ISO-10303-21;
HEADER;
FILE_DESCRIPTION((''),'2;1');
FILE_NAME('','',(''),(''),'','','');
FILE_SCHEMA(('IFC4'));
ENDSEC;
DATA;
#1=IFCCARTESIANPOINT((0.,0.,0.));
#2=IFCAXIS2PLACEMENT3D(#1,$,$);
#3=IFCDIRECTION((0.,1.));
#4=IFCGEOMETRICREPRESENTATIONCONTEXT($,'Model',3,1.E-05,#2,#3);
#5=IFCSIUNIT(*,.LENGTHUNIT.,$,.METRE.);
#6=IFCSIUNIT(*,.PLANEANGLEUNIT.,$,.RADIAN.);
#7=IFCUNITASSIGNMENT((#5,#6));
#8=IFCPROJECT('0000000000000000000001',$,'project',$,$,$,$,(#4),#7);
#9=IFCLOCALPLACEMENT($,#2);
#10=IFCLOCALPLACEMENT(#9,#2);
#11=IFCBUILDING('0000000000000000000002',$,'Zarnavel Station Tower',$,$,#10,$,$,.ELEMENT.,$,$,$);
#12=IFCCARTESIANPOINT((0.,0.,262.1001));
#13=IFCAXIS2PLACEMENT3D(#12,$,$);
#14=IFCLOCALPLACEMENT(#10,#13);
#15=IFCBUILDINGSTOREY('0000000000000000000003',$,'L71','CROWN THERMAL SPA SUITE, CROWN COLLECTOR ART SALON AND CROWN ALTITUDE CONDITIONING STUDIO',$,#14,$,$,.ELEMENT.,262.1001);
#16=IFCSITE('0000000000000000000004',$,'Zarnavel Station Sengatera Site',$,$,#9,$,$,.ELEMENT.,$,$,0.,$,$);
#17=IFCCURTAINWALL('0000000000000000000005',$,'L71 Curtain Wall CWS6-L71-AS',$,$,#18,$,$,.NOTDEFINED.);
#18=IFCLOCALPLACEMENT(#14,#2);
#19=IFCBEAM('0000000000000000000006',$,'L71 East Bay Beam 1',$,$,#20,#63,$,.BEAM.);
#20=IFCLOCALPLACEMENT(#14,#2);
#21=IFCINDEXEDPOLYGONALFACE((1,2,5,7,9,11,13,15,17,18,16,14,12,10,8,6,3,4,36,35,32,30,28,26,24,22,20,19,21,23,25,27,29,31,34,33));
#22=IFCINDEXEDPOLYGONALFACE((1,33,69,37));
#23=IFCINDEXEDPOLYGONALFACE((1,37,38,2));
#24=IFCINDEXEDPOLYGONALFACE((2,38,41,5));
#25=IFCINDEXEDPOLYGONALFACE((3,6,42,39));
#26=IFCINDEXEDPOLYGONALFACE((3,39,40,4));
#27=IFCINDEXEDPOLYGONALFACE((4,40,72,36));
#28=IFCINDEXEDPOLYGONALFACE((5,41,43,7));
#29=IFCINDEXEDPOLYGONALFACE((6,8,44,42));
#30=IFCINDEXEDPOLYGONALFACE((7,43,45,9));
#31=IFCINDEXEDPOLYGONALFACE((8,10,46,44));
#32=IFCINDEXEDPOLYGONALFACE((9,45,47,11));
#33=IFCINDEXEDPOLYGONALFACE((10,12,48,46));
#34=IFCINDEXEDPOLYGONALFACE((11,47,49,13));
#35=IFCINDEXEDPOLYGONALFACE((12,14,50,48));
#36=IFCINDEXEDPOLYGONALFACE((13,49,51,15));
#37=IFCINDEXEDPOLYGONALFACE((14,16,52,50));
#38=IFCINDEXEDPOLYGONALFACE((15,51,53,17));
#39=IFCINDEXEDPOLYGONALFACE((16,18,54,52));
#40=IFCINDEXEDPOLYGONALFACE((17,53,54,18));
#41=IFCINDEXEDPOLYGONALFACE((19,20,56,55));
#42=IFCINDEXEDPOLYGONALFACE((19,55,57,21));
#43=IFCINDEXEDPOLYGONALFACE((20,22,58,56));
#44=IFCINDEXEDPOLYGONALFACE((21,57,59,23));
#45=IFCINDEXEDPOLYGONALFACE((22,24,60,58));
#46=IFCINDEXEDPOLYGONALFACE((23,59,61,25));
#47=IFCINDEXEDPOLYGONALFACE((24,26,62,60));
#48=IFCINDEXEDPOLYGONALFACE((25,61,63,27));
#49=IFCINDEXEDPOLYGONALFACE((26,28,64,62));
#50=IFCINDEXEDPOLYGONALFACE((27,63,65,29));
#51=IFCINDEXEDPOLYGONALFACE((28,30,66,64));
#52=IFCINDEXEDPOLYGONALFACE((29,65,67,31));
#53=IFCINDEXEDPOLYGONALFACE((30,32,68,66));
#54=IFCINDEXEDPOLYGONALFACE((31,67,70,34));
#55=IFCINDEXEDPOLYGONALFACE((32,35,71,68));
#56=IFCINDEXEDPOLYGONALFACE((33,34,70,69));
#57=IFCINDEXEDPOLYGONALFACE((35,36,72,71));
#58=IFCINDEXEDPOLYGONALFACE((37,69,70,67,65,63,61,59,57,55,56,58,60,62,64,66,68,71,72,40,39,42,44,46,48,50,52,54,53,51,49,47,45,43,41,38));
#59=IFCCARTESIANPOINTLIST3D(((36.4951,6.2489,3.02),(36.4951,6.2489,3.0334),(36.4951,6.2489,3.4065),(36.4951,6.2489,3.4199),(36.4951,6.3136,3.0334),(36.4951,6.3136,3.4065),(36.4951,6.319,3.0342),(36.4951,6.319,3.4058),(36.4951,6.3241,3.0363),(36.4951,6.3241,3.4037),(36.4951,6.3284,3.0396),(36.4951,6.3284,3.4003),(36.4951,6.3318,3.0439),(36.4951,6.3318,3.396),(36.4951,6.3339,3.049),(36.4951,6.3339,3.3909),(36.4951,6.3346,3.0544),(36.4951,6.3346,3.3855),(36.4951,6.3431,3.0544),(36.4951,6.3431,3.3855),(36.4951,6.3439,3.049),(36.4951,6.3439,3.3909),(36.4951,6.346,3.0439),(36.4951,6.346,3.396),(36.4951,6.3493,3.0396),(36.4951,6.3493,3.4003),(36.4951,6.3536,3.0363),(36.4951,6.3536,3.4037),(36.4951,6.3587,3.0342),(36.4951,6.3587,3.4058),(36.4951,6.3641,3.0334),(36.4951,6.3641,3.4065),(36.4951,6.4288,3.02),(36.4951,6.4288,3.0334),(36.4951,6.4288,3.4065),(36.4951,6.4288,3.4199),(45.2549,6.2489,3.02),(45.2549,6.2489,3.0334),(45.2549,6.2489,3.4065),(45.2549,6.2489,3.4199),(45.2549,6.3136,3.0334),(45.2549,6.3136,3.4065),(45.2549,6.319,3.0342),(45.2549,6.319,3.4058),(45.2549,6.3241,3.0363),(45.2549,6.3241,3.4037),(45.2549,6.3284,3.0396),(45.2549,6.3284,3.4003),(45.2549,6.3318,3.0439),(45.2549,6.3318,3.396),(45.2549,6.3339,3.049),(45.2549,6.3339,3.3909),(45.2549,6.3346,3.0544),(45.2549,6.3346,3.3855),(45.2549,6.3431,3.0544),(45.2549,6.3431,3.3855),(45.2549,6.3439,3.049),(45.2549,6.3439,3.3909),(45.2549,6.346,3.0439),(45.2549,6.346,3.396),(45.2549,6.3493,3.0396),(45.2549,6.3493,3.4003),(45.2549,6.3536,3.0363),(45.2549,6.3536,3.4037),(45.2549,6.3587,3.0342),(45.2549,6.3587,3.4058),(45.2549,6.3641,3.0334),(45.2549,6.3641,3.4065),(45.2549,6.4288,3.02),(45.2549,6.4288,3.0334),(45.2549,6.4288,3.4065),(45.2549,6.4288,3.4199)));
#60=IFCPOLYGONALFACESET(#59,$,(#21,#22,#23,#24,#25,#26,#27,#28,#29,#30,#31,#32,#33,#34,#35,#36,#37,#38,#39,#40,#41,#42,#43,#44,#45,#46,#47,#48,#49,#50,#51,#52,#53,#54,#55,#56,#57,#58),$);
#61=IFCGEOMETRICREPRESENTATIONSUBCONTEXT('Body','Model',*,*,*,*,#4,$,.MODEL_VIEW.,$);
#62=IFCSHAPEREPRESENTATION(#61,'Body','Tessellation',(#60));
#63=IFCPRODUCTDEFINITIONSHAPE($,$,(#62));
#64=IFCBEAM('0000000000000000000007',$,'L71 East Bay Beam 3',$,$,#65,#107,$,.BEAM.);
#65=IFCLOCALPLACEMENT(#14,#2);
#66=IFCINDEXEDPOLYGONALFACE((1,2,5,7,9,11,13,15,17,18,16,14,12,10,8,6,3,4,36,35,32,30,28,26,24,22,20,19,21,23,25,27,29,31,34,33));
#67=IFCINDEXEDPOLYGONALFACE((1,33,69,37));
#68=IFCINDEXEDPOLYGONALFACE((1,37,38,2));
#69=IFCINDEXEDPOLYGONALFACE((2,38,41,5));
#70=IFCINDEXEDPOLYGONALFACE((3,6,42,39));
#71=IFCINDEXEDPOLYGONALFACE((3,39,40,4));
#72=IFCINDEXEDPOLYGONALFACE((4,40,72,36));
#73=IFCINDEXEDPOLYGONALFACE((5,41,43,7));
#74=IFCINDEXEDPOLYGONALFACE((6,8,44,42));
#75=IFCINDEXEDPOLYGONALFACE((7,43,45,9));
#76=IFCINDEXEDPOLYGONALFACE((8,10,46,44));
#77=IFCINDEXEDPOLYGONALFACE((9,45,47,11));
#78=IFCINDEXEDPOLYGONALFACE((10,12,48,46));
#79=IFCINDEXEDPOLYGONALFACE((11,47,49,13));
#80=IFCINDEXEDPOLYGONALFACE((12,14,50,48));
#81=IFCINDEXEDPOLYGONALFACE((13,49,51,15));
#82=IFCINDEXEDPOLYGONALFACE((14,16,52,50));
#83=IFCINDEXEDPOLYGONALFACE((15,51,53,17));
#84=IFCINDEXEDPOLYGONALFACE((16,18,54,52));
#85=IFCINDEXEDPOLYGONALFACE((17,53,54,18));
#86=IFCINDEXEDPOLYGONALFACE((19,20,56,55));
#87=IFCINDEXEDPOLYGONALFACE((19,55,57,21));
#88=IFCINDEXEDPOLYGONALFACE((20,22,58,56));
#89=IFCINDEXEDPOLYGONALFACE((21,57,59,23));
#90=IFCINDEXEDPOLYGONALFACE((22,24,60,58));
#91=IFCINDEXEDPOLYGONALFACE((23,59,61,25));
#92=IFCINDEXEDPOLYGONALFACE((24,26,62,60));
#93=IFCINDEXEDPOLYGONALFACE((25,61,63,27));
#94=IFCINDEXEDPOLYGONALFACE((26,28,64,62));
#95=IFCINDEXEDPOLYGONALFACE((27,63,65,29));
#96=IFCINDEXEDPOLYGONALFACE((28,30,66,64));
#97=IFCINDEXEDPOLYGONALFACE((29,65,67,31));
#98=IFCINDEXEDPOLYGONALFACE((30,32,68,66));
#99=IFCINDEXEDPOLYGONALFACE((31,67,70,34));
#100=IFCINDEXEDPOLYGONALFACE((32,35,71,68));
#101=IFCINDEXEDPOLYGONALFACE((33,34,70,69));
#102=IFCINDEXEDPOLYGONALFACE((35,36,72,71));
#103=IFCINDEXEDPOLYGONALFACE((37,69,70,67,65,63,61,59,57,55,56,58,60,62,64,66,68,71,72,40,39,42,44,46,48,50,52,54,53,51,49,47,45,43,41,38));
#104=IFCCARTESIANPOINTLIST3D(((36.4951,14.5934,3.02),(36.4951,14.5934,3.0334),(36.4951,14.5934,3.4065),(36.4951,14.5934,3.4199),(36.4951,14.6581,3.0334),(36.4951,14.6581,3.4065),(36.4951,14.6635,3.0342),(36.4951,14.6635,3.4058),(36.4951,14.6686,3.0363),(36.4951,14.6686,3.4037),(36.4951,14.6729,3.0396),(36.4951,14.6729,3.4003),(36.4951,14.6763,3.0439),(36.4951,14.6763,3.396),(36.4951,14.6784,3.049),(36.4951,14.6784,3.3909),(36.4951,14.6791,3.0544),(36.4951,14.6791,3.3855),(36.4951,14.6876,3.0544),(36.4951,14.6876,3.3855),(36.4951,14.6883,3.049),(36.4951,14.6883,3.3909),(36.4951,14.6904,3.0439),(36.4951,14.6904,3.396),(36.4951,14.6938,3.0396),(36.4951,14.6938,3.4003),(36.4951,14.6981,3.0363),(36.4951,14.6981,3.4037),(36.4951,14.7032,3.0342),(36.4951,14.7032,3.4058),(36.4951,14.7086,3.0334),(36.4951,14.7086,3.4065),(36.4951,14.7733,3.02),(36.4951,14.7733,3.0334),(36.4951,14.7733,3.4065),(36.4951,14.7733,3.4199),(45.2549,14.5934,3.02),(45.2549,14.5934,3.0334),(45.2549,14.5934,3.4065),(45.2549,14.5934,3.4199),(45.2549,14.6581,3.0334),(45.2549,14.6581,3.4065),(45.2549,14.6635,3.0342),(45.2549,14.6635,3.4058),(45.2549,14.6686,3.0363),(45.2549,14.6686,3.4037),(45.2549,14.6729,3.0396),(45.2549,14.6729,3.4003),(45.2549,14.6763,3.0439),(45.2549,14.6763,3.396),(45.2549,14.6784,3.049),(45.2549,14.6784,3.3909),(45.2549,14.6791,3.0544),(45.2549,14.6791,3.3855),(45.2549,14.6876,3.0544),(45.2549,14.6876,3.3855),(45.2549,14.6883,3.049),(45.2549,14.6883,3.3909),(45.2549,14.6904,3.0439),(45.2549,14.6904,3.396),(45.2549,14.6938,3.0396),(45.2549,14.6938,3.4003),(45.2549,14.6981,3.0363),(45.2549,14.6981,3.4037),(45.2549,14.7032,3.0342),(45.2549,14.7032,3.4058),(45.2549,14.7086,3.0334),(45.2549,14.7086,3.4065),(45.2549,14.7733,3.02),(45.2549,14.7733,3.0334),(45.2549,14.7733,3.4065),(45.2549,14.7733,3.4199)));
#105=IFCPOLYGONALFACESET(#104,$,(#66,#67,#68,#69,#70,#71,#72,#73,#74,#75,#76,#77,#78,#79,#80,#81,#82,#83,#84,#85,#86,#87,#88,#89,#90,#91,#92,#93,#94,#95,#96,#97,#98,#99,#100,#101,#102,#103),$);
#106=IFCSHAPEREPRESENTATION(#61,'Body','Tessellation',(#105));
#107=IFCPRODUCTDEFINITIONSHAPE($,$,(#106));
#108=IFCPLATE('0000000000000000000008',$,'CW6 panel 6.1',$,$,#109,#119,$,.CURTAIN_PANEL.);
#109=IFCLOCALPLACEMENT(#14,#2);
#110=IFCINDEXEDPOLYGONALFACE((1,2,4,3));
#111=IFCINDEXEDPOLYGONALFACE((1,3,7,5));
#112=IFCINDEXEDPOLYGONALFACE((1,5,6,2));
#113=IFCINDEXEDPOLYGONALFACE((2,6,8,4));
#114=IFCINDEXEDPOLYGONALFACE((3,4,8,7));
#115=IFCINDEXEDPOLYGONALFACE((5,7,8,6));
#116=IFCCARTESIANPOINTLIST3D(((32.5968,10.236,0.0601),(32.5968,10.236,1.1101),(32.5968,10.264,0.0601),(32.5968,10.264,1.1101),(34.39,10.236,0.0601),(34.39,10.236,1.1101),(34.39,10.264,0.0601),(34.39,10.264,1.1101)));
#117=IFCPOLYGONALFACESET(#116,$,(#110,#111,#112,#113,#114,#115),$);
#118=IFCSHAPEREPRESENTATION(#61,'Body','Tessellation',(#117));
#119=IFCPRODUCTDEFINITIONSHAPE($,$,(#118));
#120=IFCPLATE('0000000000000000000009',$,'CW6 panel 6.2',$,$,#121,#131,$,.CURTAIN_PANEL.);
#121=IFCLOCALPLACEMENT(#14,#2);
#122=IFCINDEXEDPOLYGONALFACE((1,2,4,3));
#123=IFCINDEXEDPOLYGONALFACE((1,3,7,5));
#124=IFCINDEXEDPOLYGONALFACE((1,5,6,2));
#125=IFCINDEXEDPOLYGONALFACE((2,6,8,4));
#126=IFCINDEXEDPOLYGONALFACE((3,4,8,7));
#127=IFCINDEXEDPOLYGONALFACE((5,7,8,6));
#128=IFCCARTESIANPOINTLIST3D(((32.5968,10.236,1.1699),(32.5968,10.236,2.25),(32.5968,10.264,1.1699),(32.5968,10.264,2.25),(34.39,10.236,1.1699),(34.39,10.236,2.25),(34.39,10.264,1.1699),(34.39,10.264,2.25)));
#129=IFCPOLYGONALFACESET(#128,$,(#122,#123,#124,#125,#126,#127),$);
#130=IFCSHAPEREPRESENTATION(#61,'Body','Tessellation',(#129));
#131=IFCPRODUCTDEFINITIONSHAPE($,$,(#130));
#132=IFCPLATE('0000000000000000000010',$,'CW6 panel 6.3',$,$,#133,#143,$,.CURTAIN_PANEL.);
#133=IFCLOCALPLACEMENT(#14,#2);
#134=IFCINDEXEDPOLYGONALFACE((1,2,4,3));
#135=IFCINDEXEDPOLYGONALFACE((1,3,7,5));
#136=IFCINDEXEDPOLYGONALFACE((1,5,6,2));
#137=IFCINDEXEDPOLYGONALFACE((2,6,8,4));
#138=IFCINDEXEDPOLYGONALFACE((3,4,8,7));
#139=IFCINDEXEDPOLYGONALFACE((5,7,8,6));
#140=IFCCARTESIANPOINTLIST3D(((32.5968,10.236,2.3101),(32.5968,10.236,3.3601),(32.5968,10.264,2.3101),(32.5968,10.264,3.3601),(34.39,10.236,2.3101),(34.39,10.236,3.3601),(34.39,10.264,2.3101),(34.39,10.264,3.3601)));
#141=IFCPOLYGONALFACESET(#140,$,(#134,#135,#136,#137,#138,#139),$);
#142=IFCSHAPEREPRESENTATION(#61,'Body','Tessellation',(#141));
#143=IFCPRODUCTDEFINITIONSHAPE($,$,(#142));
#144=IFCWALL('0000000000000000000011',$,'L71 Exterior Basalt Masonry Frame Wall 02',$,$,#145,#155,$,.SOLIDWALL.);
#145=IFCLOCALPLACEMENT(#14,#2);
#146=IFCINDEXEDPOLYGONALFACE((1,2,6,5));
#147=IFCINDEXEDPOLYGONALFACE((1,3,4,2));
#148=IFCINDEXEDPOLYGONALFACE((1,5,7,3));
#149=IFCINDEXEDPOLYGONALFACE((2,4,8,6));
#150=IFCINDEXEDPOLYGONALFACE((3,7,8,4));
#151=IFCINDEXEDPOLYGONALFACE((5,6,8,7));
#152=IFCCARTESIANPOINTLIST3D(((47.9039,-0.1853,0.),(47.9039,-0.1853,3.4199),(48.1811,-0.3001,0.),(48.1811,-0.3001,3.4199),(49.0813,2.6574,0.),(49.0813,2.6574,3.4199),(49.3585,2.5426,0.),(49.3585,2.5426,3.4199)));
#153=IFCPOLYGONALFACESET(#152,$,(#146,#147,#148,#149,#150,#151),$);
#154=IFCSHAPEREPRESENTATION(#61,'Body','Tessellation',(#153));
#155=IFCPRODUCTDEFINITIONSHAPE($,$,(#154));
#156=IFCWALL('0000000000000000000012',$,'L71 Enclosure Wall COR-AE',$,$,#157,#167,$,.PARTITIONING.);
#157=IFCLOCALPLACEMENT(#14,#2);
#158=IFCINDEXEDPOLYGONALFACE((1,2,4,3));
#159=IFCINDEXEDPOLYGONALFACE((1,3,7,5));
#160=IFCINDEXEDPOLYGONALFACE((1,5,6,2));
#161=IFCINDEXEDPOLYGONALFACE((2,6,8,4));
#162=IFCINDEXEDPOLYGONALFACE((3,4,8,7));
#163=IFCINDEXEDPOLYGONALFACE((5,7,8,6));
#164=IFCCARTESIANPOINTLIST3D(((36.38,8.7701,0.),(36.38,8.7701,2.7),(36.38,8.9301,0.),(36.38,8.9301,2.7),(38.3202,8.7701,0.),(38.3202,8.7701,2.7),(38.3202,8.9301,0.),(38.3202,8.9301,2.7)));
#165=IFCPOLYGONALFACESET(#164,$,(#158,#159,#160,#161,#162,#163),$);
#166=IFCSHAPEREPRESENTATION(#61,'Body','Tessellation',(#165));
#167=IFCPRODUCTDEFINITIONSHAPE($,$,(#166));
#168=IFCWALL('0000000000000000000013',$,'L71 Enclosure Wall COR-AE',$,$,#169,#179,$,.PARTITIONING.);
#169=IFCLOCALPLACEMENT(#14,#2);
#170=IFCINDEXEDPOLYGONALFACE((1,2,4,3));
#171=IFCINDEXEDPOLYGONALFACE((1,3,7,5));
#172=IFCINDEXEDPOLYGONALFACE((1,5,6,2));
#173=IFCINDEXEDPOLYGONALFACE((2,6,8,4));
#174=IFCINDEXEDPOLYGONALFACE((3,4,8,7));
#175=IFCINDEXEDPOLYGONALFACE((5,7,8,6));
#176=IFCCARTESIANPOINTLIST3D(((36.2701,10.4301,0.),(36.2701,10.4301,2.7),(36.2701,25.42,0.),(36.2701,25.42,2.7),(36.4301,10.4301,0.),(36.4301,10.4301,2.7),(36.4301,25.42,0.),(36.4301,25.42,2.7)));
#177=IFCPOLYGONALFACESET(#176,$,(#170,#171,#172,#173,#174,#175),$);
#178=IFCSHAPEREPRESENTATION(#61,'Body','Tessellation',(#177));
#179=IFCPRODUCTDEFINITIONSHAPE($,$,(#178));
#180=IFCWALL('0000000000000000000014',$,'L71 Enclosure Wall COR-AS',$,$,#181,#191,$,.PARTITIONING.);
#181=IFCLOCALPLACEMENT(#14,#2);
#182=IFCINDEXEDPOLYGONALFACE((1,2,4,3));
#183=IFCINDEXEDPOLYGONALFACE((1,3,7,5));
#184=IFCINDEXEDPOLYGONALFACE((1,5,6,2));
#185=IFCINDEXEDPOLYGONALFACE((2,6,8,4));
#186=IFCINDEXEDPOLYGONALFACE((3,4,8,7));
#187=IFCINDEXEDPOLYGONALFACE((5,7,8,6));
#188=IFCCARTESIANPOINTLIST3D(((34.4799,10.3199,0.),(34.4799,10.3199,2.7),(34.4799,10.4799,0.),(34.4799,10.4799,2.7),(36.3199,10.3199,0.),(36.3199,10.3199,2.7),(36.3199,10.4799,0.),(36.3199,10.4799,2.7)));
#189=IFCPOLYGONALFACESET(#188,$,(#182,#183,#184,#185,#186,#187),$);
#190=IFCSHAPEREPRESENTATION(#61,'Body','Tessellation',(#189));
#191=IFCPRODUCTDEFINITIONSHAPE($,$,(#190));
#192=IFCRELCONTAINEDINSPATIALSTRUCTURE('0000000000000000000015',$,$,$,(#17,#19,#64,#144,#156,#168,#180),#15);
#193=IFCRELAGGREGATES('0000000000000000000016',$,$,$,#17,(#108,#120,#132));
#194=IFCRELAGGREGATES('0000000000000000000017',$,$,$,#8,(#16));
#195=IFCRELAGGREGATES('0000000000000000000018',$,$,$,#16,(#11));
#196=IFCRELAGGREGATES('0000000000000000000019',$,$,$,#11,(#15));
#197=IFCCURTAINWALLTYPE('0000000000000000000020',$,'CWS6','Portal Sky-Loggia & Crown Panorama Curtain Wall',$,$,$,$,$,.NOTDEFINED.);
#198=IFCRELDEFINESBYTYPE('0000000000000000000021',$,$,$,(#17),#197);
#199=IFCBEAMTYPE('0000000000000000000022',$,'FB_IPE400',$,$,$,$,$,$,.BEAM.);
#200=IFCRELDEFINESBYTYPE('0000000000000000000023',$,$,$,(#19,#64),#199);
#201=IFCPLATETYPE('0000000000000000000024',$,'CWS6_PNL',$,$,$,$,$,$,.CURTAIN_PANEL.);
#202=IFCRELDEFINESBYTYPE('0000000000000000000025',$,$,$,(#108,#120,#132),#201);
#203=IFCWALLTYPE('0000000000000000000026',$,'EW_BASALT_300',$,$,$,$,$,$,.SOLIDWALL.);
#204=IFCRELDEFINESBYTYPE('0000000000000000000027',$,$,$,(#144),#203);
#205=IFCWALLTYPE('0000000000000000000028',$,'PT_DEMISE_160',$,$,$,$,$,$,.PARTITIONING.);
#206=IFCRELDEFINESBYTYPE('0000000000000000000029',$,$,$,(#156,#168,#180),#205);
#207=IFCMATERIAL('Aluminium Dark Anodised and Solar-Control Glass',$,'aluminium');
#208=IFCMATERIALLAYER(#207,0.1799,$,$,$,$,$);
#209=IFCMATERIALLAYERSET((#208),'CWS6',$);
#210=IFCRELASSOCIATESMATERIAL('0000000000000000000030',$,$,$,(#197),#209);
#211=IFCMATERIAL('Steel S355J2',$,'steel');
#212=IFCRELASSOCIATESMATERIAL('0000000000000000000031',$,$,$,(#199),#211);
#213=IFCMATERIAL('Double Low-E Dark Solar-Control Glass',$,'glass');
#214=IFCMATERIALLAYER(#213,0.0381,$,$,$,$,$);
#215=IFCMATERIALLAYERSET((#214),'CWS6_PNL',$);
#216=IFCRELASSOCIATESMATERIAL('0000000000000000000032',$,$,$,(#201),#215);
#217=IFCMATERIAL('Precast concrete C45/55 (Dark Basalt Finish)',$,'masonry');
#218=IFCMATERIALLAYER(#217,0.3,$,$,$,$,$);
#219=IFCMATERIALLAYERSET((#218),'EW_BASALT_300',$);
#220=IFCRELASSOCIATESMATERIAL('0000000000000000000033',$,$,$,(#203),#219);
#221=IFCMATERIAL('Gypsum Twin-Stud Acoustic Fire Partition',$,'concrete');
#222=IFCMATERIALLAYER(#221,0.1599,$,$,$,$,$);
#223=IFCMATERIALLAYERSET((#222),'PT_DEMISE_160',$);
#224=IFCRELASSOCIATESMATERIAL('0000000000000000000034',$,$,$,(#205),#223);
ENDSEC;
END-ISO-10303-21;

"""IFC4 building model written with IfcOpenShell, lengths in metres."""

from ifc_helpers import new_model, si_unit, direction, frame, frame_2d, origin, origin_2d, place, context, subcontext, project, spatial, rectangle, i_section, extrude, material, layer, layer_set, material_profile, profile_set, type_object, element, aggregate, save


model = new_model("IFC4")

# Units and contexts
model_context = context("Model", 3, precision=1e-05, world=origin(), true_north=direction((0.0, 1.0)))
body_context = subcontext(model_context, "Body", "Model", "MODEL_VIEW")
ifc_project = project(units=[si_unit("LENGTHUNIT", "METRE"), si_unit("PLANEANGLEUNIT", "RADIAN")], contexts=[model_context])

# Site, building, storey
site_placement = place(None, origin())
site = spatial("IfcSite", under=ifc_project, at=site_placement, Name="Zarnavel Station Sengatera Site", CompositionType="ELEMENT", RefElevation=0.0)
building_placement = place(site_placement, origin())
building = spatial("IfcBuilding", under=site, at=building_placement, Name="Zarnavel Station Tower", CompositionType="ELEMENT")
storey_placement = place(building_placement, frame((0.0, 0.0, 262.1001)))
storey = spatial("IfcBuildingStorey", under=building, at=storey_placement, Name="L71", Description="CROWN THERMAL SPA SUITE, CROWN COLLECTOR ART SALON AND CROWN ALTITUDE CONDITIONING STUDIO", CompositionType="ELEMENT", Elevation=262.1001)

# Curtain wall
ifc_material_1 = material(Name="Aluminium Dark Anodised and Solar-Control Glass", Category="aluminium")
ifc_layer_1 = layer(ifc_material_1, 0.1799)
ifc_layer_set_1 = layer_set([ifc_layer_1], Name="CWS6")
curtain_wall_type = type_object("IfcCurtainWallType", Name="CWS6", Description="Portal Sky-Loggia & Crown Panorama Curtain Wall", PredefinedType="NOTDEFINED", material=ifc_layer_set_1)
curtain_wall_placement = place(storey_placement, origin())
curtain_wall = element("IfcCurtainWall", 1, at=curtain_wall_placement, inside=storey, type_object=curtain_wall_type, Name="L71 Curtain Wall CWS6-L71-AS", PredefinedType="NOTDEFINED")

# Beams
ifc_material_2 = material(Name="Steel S355J2", Category="steel")
ifc_material_profile_1 = material_profile(ifc_material_2, i_section(OverallWidth=0.1799, OverallDepth=0.3999, WebThickness=0.0085, FlangeThickness=0.0134, FilletRadius=0.021, at=origin_2d()), Name="IPE400")
ifc_profile_set_1 = profile_set([ifc_material_profile_1], Name="Steel S355J2")
beam_type_1 = type_object("IfcBeamType", Name="FB_IPE400", PredefinedType="BEAM", material=ifc_profile_set_1)
for number, where, z_axis, x_axis, name in (
    (2, (36.4951, 6.3389, 3.22), (1.0, 0.0, 0.0), (0.0, 1.0, 0.0), "L71 East Bay Beam 1"),
    (3, (36.4951, 14.6833, 3.22), (1.0, 0.0, 0.0), (0.0, 1.0, 0.0), "L71 East Bay Beam 3"),
):
    element("IfcBeam", number, at=place(storey_placement, frame(where, z_axis=z_axis, x_axis=x_axis)), inside=storey, type_object=beam_type_1, Name=name, PredefinedType="BEAM", context=body_context, shape_type="SweptSolid", body=[
        extrude(i_section(OverallWidth=0.1799, OverallDepth=0.3999, WebThickness=0.0085, FlangeThickness=0.0134, FilletRadius=0.021, at=origin_2d()), origin(), (0.0, 0.0, 1.0), 8.7598),
    ])

# Plates
ifc_material_3 = material(Name="Double Low-E Dark Solar-Control Glass", Category="glass")
ifc_layer_2 = layer(ifc_material_3, 0.0381)
ifc_layer_set_2 = layer_set([ifc_layer_2], Name="CWS6_PNL")
plate_type = type_object("IfcPlateType", Name="CWS6_PNL", PredefinedType="CURTAIN_PANEL", material=ifc_layer_set_2)
plate_1_placement = place(storey_placement, frame((33.4934, 10.25, 0.0601), z_axis=(0.0, 0.0, 1.0), x_axis=(1.0, 0.0, 0.0)))
plate_1 = element("IfcPlate", 4, at=plate_1_placement, type_object=plate_type, Name="CW6 panel 6.1", PredefinedType="CURTAIN_PANEL", context=body_context, shape_type="SweptSolid", body=[
    extrude(rectangle(XDim=1.7932, YDim=0.0281, at=origin_2d()), origin(), (0.0, 0.0, 1.0), 1.05),
])
plate_2_placement = place(storey_placement, frame((33.4934, 10.25, 1.1699), z_axis=(0.0, 0.0, 1.0), x_axis=(1.0, 0.0, 0.0)))
plate_2 = element("IfcPlate", 5, at=plate_2_placement, type_object=plate_type, Name="CW6 panel 6.2", PredefinedType="CURTAIN_PANEL", context=body_context, shape_type="SweptSolid", body=[
    extrude(rectangle(XDim=1.7932, YDim=0.0281, at=origin_2d()), origin(), (0.0, 0.0, 1.0), 1.0801),
])
plate_3_placement = place(storey_placement, frame((33.4934, 10.25, 2.3101), z_axis=(0.0, 0.0, 1.0), x_axis=(1.0, 0.0, 0.0)))
plate_3 = element("IfcPlate", 6, at=plate_3_placement, type_object=plate_type, Name="CW6 panel 6.3", PredefinedType="CURTAIN_PANEL", context=body_context, shape_type="SweptSolid", body=[
    extrude(rectangle(XDim=1.7932, YDim=0.0281, at=origin_2d()), origin(), (0.0, 0.0, 1.0), 1.05),
])
aggregate(curtain_wall, [plate_1, plate_2, plate_3])

# Wall
ifc_material_4 = material(Name="Precast concrete C45/55 (Dark Basalt Finish)", Category="masonry")
ifc_layer_3 = layer(ifc_material_4, 0.3)
ifc_layer_set_3 = layer_set([ifc_layer_3], Name="EW_BASALT_300")
wall_type_1 = type_object("IfcWallType", Name="EW_BASALT_300", PredefinedType="SOLIDWALL", material=ifc_layer_set_3)
wall_1_placement = place(storey_placement, frame((49.22, 2.6001, 0.0), z_axis=(0.0, 0.0, 1.0), x_axis=(-0.382676, -0.923882, 0.0)))
element("IfcWall", 7, at=wall_1_placement, inside=storey, type_object=wall_type_1, Name="L71 Exterior Basalt Masonry Frame Wall 02", PredefinedType="SOLIDWALL", context=body_context, shape_type="SweptSolid", body=[
    extrude(rectangle(XDim=3.0769, YDim=0.3, at=frame_2d((1.5386, 0.0))), origin(), (0.0, 0.0, 1.0), 3.4199),
])

# Shared definitions
ifc_material_5 = material(Name="Gypsum Twin-Stud Acoustic Fire Partition", Category="concrete")
ifc_layer_4 = layer(ifc_material_5, 0.1599)
ifc_layer_set_4 = layer_set([ifc_layer_4], Name="PT_DEMISE_160")
wall_type_2 = type_object("IfcWallType", Name="PT_DEMISE_160", PredefinedType="PARTITIONING", material=ifc_layer_set_4)

# Walls
wall_2_placement = place(storey_placement, frame((36.3799, 8.8501, 0.0), z_axis=(0.0, 0.0, 1.0), x_axis=(1.0, 0.0, 0.0)))
element("IfcWall", 8, at=wall_2_placement, inside=storey, type_object=wall_type_2, Name="L71 Enclosure Wall COR-AE", PredefinedType="PARTITIONING", context=body_context, shape_type="SweptSolid", body=[
    extrude(rectangle(XDim=1.9402, YDim=0.1599, at=frame_2d((0.9702, 0.0))), origin(), (0.0, 0.0, 1.0), 2.7),
])
wall_3_placement = place(storey_placement, frame((36.3501, 10.4299, 0.0), z_axis=(0.0, 0.0, 1.0), x_axis=(0.0, 1.0, 0.0)))
element("IfcWall", 9, at=wall_3_placement, inside=storey, type_object=wall_type_2, Name="L71 Enclosure Wall COR-AE", PredefinedType="PARTITIONING", context=body_context, shape_type="SweptSolid", body=[
    extrude(rectangle(XDim=14.99, YDim=0.1599, at=frame_2d((7.4951, 0.0))), origin(), (0.0, 0.0, 1.0), 2.7),
])
wall_4_placement = place(storey_placement, frame((34.48, 10.3999, 0.0), z_axis=(0.0, 0.0, 1.0), x_axis=(1.0, 0.0, 0.0)))
element("IfcWall", 10, at=wall_4_placement, inside=storey, type_object=wall_type_2, Name="L71 Enclosure Wall COR-AS", PredefinedType="PARTITIONING", context=body_context, shape_type="SweptSolid", body=[
    extrude(rectangle(XDim=1.8401, YDim=0.1599, at=frame_2d((0.9199, 0.0))), origin(), (0.0, 0.0, 1.0), 2.7),
])

save(model, "model.ifc")
